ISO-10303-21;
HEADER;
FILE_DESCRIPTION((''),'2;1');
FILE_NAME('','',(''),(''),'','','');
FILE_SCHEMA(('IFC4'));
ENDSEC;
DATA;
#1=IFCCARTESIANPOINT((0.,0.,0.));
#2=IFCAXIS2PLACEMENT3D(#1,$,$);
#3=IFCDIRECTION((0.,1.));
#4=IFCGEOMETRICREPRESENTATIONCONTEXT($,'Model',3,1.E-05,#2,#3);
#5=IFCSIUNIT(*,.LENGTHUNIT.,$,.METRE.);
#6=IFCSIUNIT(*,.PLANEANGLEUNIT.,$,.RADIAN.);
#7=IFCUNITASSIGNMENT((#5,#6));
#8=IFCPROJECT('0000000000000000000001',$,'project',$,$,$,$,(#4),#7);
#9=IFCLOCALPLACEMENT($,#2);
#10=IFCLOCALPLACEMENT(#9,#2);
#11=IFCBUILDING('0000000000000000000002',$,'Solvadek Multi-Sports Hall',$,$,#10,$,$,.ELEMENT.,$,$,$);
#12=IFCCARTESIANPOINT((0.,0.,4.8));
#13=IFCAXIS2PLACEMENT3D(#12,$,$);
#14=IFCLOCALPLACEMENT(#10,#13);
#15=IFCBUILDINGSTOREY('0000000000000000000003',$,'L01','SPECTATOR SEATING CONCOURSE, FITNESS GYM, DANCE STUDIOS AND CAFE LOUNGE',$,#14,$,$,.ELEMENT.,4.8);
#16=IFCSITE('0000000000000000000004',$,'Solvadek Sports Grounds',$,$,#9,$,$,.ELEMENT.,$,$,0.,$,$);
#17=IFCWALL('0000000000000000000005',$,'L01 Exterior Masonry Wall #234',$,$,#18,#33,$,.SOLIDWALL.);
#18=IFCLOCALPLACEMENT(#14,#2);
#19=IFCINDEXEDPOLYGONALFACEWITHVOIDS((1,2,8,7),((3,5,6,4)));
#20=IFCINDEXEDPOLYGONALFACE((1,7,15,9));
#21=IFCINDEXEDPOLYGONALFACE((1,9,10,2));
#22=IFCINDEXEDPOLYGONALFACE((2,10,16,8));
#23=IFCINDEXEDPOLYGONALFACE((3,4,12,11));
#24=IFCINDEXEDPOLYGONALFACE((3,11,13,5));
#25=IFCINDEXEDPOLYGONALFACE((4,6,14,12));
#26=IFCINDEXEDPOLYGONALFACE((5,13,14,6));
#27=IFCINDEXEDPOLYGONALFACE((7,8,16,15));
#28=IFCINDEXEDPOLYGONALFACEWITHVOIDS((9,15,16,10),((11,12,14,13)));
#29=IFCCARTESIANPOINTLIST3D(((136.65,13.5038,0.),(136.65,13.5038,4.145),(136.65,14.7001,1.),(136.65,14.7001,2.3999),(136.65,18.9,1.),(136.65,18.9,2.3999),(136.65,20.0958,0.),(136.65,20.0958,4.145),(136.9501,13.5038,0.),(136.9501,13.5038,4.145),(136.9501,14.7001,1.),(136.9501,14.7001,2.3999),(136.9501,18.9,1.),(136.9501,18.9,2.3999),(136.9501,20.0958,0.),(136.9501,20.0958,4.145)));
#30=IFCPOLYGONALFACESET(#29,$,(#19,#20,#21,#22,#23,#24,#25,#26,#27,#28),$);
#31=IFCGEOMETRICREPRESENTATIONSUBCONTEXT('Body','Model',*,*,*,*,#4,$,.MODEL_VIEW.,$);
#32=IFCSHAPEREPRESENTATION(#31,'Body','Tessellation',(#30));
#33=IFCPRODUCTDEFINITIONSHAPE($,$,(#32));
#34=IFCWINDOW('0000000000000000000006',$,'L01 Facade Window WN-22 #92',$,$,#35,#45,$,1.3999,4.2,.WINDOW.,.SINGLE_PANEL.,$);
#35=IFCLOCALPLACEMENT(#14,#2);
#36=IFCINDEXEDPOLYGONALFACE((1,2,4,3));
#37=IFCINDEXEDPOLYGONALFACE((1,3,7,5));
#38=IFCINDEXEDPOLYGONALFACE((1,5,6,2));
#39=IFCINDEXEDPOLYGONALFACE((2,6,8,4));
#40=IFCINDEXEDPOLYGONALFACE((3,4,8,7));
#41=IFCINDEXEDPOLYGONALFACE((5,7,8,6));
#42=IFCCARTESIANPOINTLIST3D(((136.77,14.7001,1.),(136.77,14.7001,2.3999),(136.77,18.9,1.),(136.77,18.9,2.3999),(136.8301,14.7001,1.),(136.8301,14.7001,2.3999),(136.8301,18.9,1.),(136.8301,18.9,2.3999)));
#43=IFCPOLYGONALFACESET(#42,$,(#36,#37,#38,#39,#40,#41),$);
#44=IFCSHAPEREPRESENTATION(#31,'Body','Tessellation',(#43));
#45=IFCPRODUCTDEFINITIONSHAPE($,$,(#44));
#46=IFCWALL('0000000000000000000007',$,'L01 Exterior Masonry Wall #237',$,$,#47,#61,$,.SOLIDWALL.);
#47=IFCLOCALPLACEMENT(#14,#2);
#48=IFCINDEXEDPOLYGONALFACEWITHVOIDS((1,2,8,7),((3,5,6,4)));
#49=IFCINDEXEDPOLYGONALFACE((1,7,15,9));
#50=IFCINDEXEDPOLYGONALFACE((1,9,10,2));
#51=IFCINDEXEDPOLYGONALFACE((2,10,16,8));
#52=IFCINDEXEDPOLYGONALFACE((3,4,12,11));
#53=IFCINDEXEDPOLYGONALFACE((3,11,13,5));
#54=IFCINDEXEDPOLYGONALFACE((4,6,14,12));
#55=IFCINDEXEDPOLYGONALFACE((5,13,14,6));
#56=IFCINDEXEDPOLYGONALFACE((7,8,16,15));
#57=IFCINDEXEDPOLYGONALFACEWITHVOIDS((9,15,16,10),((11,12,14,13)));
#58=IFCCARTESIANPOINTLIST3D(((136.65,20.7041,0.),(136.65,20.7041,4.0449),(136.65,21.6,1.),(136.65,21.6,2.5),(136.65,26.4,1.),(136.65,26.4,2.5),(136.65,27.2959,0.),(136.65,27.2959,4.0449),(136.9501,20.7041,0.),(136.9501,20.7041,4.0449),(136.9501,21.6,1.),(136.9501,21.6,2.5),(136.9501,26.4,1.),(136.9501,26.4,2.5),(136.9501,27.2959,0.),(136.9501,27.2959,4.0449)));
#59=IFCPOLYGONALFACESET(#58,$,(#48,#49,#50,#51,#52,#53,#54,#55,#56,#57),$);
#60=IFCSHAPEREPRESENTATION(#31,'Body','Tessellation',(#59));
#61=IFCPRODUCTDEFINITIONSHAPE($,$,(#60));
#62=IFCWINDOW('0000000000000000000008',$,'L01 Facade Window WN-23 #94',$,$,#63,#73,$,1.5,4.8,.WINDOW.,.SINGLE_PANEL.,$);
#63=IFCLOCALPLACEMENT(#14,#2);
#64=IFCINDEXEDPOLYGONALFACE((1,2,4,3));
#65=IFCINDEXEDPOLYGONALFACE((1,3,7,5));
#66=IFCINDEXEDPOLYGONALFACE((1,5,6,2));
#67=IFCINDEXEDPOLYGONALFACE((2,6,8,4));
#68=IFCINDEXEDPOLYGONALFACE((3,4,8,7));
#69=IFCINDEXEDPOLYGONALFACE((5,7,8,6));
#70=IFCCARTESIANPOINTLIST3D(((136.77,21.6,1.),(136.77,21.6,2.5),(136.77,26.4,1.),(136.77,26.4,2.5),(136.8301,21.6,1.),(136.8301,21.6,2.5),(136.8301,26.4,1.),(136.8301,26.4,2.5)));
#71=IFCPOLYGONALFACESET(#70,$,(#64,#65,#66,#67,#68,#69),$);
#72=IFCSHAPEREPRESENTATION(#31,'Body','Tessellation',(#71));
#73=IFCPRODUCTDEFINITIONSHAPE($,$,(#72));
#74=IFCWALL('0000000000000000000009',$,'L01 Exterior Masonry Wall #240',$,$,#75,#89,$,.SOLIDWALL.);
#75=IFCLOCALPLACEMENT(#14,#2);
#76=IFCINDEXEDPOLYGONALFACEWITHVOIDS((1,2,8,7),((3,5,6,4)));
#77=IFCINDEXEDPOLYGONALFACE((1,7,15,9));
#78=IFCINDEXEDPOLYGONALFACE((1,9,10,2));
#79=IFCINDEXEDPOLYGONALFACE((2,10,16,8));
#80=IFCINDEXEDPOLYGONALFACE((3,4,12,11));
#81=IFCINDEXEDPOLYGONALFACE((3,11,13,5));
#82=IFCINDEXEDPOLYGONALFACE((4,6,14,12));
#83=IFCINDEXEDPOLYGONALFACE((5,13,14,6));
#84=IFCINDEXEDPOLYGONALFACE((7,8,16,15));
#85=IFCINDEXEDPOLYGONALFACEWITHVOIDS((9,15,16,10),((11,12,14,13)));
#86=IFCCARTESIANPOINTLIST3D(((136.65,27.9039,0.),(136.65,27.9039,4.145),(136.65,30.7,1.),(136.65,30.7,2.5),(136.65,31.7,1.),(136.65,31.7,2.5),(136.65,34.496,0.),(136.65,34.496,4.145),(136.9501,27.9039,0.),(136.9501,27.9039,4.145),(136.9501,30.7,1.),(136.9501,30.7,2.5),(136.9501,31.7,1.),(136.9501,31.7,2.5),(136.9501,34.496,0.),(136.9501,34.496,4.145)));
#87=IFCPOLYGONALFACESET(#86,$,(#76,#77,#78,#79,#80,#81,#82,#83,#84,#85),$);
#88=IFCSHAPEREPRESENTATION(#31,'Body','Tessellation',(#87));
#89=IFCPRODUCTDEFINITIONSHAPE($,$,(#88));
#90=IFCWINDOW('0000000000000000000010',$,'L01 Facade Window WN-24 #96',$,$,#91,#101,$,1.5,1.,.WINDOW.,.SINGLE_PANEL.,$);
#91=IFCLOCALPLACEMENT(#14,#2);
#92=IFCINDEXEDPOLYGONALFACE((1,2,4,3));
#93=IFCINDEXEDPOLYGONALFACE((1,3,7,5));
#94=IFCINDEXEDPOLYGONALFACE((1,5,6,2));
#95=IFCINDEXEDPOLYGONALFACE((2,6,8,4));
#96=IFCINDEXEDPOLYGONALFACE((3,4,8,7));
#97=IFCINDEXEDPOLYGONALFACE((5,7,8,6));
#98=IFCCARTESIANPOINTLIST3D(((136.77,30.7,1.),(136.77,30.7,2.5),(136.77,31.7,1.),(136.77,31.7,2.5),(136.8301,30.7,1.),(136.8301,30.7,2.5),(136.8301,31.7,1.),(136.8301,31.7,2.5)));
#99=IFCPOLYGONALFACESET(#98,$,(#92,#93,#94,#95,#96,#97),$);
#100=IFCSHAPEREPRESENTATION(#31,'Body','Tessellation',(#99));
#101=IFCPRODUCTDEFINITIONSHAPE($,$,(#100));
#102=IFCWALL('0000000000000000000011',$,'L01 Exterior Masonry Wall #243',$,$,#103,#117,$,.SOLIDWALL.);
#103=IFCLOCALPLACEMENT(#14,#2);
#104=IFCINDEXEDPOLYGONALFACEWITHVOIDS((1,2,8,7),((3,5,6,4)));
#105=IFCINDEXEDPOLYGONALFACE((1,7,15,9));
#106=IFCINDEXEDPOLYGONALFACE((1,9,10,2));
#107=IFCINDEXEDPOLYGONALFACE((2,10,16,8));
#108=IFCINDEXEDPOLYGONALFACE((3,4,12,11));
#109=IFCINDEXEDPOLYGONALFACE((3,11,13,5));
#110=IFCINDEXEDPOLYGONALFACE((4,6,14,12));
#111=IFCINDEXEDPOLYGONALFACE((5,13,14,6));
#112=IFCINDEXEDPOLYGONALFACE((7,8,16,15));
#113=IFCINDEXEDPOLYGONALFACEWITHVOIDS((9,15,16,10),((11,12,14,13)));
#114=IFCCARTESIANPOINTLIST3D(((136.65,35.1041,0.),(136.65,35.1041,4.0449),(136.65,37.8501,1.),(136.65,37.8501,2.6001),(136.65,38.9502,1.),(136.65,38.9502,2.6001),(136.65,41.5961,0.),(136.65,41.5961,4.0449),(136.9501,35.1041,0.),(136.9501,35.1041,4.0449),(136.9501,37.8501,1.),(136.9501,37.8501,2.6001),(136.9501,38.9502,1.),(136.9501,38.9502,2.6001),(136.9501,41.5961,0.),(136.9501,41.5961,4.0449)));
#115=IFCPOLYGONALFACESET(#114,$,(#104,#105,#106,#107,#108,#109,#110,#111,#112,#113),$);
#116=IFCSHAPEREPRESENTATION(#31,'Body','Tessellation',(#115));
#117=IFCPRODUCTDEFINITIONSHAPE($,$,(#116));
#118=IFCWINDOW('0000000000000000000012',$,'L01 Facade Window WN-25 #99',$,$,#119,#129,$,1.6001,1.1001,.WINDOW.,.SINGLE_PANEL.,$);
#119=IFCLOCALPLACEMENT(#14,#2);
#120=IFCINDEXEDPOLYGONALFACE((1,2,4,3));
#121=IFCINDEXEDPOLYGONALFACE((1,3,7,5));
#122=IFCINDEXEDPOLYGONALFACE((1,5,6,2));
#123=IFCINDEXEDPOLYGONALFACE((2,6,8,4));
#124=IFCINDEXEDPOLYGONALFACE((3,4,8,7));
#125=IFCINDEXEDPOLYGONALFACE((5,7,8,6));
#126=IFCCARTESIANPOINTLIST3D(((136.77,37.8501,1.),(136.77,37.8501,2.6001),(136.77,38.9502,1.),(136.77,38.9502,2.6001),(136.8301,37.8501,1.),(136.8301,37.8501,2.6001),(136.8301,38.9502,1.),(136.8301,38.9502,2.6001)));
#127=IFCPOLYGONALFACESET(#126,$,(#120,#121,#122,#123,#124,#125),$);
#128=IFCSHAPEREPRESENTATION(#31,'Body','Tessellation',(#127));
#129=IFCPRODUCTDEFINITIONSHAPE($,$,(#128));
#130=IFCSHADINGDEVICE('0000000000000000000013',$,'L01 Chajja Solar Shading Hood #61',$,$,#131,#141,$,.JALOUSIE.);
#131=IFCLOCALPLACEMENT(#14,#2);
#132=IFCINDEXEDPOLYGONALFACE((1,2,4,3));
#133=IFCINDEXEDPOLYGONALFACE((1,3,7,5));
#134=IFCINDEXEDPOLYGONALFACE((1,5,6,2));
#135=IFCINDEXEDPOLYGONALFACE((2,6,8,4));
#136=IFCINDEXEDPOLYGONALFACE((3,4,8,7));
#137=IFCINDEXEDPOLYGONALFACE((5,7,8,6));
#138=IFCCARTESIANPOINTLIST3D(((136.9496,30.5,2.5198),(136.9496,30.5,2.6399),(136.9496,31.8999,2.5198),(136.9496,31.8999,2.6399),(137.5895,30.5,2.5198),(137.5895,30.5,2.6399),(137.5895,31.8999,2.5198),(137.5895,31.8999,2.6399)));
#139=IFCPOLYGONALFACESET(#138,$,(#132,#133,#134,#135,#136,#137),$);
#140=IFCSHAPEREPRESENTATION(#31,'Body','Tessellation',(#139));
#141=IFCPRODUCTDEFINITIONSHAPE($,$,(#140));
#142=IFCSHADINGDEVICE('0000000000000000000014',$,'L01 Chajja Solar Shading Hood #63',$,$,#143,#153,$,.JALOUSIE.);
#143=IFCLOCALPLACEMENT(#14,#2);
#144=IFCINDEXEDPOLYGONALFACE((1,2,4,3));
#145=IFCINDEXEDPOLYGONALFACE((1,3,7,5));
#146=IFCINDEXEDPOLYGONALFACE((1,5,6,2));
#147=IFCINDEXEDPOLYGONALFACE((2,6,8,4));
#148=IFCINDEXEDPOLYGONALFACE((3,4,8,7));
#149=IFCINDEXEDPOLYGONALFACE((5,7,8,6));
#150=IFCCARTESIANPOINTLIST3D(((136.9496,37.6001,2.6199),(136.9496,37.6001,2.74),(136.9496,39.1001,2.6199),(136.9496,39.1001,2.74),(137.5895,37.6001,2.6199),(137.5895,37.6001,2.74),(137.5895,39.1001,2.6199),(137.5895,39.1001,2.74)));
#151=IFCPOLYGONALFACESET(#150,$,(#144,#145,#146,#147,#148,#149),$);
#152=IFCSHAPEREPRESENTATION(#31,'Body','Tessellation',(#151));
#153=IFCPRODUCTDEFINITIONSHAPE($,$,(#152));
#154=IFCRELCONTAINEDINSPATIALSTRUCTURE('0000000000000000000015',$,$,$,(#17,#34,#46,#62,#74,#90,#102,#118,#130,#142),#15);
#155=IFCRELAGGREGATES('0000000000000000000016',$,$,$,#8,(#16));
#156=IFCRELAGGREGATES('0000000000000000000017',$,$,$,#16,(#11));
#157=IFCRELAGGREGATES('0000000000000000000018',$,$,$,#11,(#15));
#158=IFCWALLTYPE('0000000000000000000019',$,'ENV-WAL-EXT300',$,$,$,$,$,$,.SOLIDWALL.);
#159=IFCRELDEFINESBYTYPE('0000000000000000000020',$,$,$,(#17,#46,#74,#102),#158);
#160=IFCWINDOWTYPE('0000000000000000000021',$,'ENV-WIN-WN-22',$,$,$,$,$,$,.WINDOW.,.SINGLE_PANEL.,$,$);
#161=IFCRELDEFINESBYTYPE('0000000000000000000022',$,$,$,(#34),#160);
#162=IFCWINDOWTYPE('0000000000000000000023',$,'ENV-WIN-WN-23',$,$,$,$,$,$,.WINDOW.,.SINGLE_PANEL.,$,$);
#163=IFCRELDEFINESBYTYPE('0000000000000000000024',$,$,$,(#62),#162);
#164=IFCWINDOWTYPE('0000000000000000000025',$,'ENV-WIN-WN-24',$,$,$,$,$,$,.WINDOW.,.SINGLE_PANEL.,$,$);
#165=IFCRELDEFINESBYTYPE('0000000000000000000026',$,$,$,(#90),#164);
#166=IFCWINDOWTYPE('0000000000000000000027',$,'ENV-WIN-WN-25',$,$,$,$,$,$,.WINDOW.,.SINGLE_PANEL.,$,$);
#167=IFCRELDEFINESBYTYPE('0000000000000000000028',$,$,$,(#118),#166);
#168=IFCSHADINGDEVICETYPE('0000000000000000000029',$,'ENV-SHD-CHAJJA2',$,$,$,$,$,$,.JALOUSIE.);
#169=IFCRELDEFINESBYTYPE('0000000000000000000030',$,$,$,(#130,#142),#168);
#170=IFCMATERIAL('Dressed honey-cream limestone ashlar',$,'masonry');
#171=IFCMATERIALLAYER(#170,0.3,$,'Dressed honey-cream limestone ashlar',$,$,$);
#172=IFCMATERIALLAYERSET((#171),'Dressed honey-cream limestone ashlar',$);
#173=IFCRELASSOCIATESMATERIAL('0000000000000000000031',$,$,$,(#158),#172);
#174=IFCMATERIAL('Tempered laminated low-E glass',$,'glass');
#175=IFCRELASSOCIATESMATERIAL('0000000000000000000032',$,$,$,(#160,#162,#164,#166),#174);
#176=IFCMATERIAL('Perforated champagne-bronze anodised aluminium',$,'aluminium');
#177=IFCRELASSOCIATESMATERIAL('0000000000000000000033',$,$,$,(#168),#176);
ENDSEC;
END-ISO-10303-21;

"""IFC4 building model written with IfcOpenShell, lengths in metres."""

from ifc_helpers import new_model, si_unit, direction, frame, frame_2d, origin, origin_2d, place, context, subcontext, project, spatial, rectangle, extrude, material, layer, layer_set, type_object, element, fill, save


model = new_model("IFC4")

# Units and contexts
model_context = context("Model", 3, precision=1e-05, world=origin(), true_north=direction((0.0, 1.0)))
body_context = subcontext(model_context, "Body", "Model", "MODEL_VIEW")
ifc_project = project(units=[si_unit("LENGTHUNIT", "METRE"), si_unit("PLANEANGLEUNIT", "RADIAN")], contexts=[model_context])

# Site, building, storey
site_placement = place(None, origin())
site = spatial("IfcSite", under=ifc_project, at=site_placement, Name="Solvadek Sports Grounds", CompositionType="ELEMENT", RefElevation=0.0)
building_placement = place(site_placement, origin())
building = spatial("IfcBuilding", under=site, at=building_placement, Name="Solvadek Multi-Sports Hall", CompositionType="ELEMENT")
storey_placement = place(building_placement, frame((0.0, 0.0, 4.8)))
storey = spatial("IfcBuildingStorey", under=building, at=storey_placement, Name="L01", Description="SPECTATOR SEATING CONCOURSE, FITNESS GYM, DANCE STUDIOS AND CAFE LOUNGE", CompositionType="ELEMENT", Elevation=4.8)

# Walls, openings, windows
ifc_material_1 = material(Name="Dressed honey-cream limestone ashlar", Category="masonry")
ifc_layer = layer(ifc_material_1, 0.3, Name="Dressed honey-cream limestone ashlar")
ifc_layer_set = layer_set([ifc_layer], Name="Dressed honey-cream limestone ashlar")
wall_type = type_object("IfcWallType", Name="ENV-WAL-EXT300", PredefinedType="SOLIDWALL", material=ifc_layer_set)
wall_1_placement = place(storey_placement, frame((136.8, 13.5039, 0.0), z_axis=(0.0, 0.0, 1.0), x_axis=(0.0, 1.0, 0.0)))
wall_1 = element("IfcWall", 1, at=wall_1_placement, inside=storey, type_object=wall_type, Name="L01 Exterior Masonry Wall #234", PredefinedType="SOLIDWALL", context=body_context, shape_type="SweptSolid", body=[
    extrude(rectangle(XDim=6.592, YDim=0.3, at=frame_2d((3.2959, 0.0))), origin(), (0.0, 0.0, 1.0), 4.145),
])
opening_1_placement = place(wall_1_placement, frame((1.196, 0.0, 1.0)))
opening_1 = element("IfcOpeningElement", 2, at=opening_1_placement, cuts=wall_1, PredefinedType="OPENING", context=body_context, shape_type="SweptSolid", body=[
    extrude(rectangle(XDim=4.2, YDim=1.3999, at=frame_2d((2.1001, 0.7))), frame((0.0, 0.1599, 0.0), z_axis=(0.0, -1.0, 0.0), x_axis=(1.0, 0.0, 0.0)), (0.0, 0.0, 1.0), 0.3201),
])
ifc_material_2 = material(Name="Tempered laminated low-E glass", Category="glass")
window_type_1 = type_object("IfcWindowType", Name="ENV-WIN-WN-22", PartitioningType="SINGLE_PANEL", PredefinedType="WINDOW", material=ifc_material_2)
window_1_placement = place(opening_1_placement, origin())
window_1 = element("IfcWindow", 3, at=window_1_placement, inside=storey, type_object=window_type_1, Name="L01 Facade Window WN-22 #92", OverallHeight=1.3999, OverallWidth=4.2, PartitioningType="SINGLE_PANEL", PredefinedType="WINDOW", context=body_context, shape_type="SweptSolid", body=[
    extrude(rectangle(XDim=4.2, YDim=1.3999, at=frame_2d((2.1001, 0.7))), frame((0.0, 0.03, 0.0), z_axis=(0.0, -1.0, 0.0), x_axis=(1.0, 0.0, 0.0)), (0.0, 0.0, 1.0), 0.0601),
])
fill(opening_1, window_1)
wall_2_placement = place(storey_placement, frame((136.8, 20.7041, 0.0), z_axis=(0.0, 0.0, 1.0), x_axis=(0.0, 1.0, 0.0)))
wall_2 = element("IfcWall", 4, at=wall_2_placement, inside=storey, type_object=wall_type, Name="L01 Exterior Masonry Wall #237", PredefinedType="SOLIDWALL", context=body_context, shape_type="SweptSolid", body=[
    extrude(rectangle(XDim=6.5918, YDim=0.3, at=frame_2d((3.2959, 0.0))), origin(), (0.0, 0.0, 1.0), 4.0449),
])
opening_2_placement = place(wall_2_placement, frame((0.896, 0.0, 1.0)))
opening_2 = element("IfcOpeningElement", 5, at=opening_2_placement, cuts=wall_2, PredefinedType="OPENING", context=body_context, shape_type="SweptSolid", body=[
    extrude(rectangle(XDim=4.8, YDim=1.5, at=frame_2d((2.3999, 0.75))), frame((0.0, 0.1599, 0.0), z_axis=(0.0, -1.0, 0.0), x_axis=(1.0, 0.0, 0.0)), (0.0, 0.0, 1.0), 0.3201),
])
window_type_2 = type_object("IfcWindowType", Name="ENV-WIN-WN-23", PartitioningType="SINGLE_PANEL", PredefinedType="WINDOW", material=ifc_material_2)
window_2_placement = place(opening_2_placement, origin())
window_2 = element("IfcWindow", 6, at=window_2_placement, inside=storey, type_object=window_type_2, Name="L01 Facade Window WN-23 #94", OverallHeight=1.5, OverallWidth=4.8, PartitioningType="SINGLE_PANEL", PredefinedType="WINDOW", context=body_context, shape_type="SweptSolid", body=[
    extrude(rectangle(XDim=4.8, YDim=1.5, at=frame_2d((2.3999, 0.75))), frame((0.0, 0.03, 0.0), z_axis=(0.0, -1.0, 0.0), x_axis=(1.0, 0.0, 0.0)), (0.0, 0.0, 1.0), 0.0601),
])
fill(opening_2, window_2)
wall_3_placement = place(storey_placement, frame((136.8, 27.9041, 0.0), z_axis=(0.0, 0.0, 1.0), x_axis=(0.0, 1.0, 0.0)))
wall_3 = element("IfcWall", 7, at=wall_3_placement, inside=storey, type_object=wall_type, Name="L01 Exterior Masonry Wall #240", PredefinedType="SOLIDWALL", context=body_context, shape_type="SweptSolid", body=[
    extrude(rectangle(XDim=6.592, YDim=0.3, at=frame_2d((3.2959, 0.0))), origin(), (0.0, 0.0, 1.0), 4.145),
])
opening_3_placement = place(wall_3_placement, frame((2.7959, 0.0, 1.0)))
opening_3 = element("IfcOpeningElement", 8, at=opening_3_placement, cuts=wall_3, PredefinedType="OPENING", context=body_context, shape_type="SweptSolid", body=[
    extrude(rectangle(XDim=1.0, YDim=1.5, at=frame_2d((0.5, 0.75))), frame((0.0, 0.1599, 0.0), z_axis=(0.0, -1.0, 0.0), x_axis=(1.0, 0.0, 0.0)), (0.0, 0.0, 1.0), 0.3201),
])
window_type_3 = type_object("IfcWindowType", Name="ENV-WIN-WN-24", PartitioningType="SINGLE_PANEL", PredefinedType="WINDOW", material=ifc_material_2)
window_3_placement = place(opening_3_placement, origin())
window_3 = element("IfcWindow", 9, at=window_3_placement, inside=storey, type_object=window_type_3, Name="L01 Facade Window WN-24 #96", OverallHeight=1.5, OverallWidth=1.0, PartitioningType="SINGLE_PANEL", PredefinedType="WINDOW", context=body_context, shape_type="SweptSolid", body=[
    extrude(rectangle(XDim=1.0, YDim=1.5, at=frame_2d((0.5, 0.75))), frame((0.0, 0.03, 0.0), z_axis=(0.0, -1.0, 0.0), x_axis=(1.0, 0.0, 0.0)), (0.0, 0.0, 1.0), 0.0601),
])
fill(opening_3, window_3)
wall_4_placement = place(storey_placement, frame((136.8, 35.104, 0.0), z_axis=(0.0, 0.0, 1.0), x_axis=(0.0, 1.0, 0.0)))
wall_4 = element("IfcWall", 10, at=wall_4_placement, inside=storey, type_object=wall_type, Name="L01 Exterior Masonry Wall #243", PredefinedType="SOLIDWALL", context=body_context, shape_type="SweptSolid", body=[
    extrude(rectangle(XDim=6.4919, YDim=0.3, at=frame_2d((3.2461, 0.0))), origin(), (0.0, 0.0, 1.0), 4.0449),
])
opening_4_placement = place(wall_4_placement, frame((2.7461, 0.0, 1.0)))
opening_4 = element("IfcOpeningElement", 11, at=opening_4_placement, cuts=wall_4, PredefinedType="OPENING", context=body_context, shape_type="SweptSolid", body=[
    extrude(rectangle(XDim=1.1001, YDim=1.6001, at=frame_2d((0.55, 0.8))), frame((0.0, 0.1599, 0.0), z_axis=(0.0, -1.0, 0.0), x_axis=(1.0, 0.0, 0.0)), (0.0, 0.0, 1.0), 0.3201),
])
window_type_4 = type_object("IfcWindowType", Name="ENV-WIN-WN-25", PartitioningType="SINGLE_PANEL", PredefinedType="WINDOW", material=ifc_material_2)
window_4_placement = place(opening_4_placement, origin())
window_4 = element("IfcWindow", 12, at=window_4_placement, inside=storey, type_object=window_type_4, Name="L01 Facade Window WN-25 #99", OverallHeight=1.6001, OverallWidth=1.1001, PartitioningType="SINGLE_PANEL", PredefinedType="WINDOW", context=body_context, shape_type="SweptSolid", body=[
    extrude(rectangle(XDim=1.1001, YDim=1.6001, at=frame_2d((0.55, 0.8))), frame((0.0, 0.03, 0.0), z_axis=(0.0, -1.0, 0.0), x_axis=(1.0, 0.0, 0.0)), (0.0, 0.0, 1.0), 0.0601),
])
fill(opening_4, window_4)

# Shading devices
ifc_material_3 = material(Name="Perforated champagne-bronze anodised aluminium", Category="aluminium")
shading_device_type = type_object("IfcShadingDeviceType", Name="ENV-SHD-CHAJJA2", PredefinedType="JALOUSIE", material=ifc_material_3)
shading_device_1_placement = place(storey_placement, frame((137.2695, 31.2, 2.5198), z_axis=(0.0, 0.0, 1.0), x_axis=(0.0, 1.0, 0.0)))
element("IfcShadingDevice", 13, at=shading_device_1_placement, inside=storey, type_object=shading_device_type, Name="L01 Chajja Solar Shading Hood #61", PredefinedType="JALOUSIE", context=body_context, shape_type="SweptSolid", body=[
    extrude(rectangle(XDim=1.3999, YDim=0.6399, at=origin_2d()), origin(), (0.0, 0.0, 1.0), 0.1201),
])
shading_device_2_placement = place(storey_placement, frame((137.2695, 38.3501, 2.6199), z_axis=(0.0, 0.0, 1.0), x_axis=(0.0, 1.0, 0.0)))
element("IfcShadingDevice", 14, at=shading_device_2_placement, inside=storey, type_object=shading_device_type, Name="L01 Chajja Solar Shading Hood #63", PredefinedType="JALOUSIE", context=body_context, shape_type="SweptSolid", body=[
    extrude(rectangle(XDim=1.5, YDim=0.6399, at=origin_2d()), origin(), (0.0, 0.0, 1.0), 0.1201),
])

save(model, "model.ifc")
